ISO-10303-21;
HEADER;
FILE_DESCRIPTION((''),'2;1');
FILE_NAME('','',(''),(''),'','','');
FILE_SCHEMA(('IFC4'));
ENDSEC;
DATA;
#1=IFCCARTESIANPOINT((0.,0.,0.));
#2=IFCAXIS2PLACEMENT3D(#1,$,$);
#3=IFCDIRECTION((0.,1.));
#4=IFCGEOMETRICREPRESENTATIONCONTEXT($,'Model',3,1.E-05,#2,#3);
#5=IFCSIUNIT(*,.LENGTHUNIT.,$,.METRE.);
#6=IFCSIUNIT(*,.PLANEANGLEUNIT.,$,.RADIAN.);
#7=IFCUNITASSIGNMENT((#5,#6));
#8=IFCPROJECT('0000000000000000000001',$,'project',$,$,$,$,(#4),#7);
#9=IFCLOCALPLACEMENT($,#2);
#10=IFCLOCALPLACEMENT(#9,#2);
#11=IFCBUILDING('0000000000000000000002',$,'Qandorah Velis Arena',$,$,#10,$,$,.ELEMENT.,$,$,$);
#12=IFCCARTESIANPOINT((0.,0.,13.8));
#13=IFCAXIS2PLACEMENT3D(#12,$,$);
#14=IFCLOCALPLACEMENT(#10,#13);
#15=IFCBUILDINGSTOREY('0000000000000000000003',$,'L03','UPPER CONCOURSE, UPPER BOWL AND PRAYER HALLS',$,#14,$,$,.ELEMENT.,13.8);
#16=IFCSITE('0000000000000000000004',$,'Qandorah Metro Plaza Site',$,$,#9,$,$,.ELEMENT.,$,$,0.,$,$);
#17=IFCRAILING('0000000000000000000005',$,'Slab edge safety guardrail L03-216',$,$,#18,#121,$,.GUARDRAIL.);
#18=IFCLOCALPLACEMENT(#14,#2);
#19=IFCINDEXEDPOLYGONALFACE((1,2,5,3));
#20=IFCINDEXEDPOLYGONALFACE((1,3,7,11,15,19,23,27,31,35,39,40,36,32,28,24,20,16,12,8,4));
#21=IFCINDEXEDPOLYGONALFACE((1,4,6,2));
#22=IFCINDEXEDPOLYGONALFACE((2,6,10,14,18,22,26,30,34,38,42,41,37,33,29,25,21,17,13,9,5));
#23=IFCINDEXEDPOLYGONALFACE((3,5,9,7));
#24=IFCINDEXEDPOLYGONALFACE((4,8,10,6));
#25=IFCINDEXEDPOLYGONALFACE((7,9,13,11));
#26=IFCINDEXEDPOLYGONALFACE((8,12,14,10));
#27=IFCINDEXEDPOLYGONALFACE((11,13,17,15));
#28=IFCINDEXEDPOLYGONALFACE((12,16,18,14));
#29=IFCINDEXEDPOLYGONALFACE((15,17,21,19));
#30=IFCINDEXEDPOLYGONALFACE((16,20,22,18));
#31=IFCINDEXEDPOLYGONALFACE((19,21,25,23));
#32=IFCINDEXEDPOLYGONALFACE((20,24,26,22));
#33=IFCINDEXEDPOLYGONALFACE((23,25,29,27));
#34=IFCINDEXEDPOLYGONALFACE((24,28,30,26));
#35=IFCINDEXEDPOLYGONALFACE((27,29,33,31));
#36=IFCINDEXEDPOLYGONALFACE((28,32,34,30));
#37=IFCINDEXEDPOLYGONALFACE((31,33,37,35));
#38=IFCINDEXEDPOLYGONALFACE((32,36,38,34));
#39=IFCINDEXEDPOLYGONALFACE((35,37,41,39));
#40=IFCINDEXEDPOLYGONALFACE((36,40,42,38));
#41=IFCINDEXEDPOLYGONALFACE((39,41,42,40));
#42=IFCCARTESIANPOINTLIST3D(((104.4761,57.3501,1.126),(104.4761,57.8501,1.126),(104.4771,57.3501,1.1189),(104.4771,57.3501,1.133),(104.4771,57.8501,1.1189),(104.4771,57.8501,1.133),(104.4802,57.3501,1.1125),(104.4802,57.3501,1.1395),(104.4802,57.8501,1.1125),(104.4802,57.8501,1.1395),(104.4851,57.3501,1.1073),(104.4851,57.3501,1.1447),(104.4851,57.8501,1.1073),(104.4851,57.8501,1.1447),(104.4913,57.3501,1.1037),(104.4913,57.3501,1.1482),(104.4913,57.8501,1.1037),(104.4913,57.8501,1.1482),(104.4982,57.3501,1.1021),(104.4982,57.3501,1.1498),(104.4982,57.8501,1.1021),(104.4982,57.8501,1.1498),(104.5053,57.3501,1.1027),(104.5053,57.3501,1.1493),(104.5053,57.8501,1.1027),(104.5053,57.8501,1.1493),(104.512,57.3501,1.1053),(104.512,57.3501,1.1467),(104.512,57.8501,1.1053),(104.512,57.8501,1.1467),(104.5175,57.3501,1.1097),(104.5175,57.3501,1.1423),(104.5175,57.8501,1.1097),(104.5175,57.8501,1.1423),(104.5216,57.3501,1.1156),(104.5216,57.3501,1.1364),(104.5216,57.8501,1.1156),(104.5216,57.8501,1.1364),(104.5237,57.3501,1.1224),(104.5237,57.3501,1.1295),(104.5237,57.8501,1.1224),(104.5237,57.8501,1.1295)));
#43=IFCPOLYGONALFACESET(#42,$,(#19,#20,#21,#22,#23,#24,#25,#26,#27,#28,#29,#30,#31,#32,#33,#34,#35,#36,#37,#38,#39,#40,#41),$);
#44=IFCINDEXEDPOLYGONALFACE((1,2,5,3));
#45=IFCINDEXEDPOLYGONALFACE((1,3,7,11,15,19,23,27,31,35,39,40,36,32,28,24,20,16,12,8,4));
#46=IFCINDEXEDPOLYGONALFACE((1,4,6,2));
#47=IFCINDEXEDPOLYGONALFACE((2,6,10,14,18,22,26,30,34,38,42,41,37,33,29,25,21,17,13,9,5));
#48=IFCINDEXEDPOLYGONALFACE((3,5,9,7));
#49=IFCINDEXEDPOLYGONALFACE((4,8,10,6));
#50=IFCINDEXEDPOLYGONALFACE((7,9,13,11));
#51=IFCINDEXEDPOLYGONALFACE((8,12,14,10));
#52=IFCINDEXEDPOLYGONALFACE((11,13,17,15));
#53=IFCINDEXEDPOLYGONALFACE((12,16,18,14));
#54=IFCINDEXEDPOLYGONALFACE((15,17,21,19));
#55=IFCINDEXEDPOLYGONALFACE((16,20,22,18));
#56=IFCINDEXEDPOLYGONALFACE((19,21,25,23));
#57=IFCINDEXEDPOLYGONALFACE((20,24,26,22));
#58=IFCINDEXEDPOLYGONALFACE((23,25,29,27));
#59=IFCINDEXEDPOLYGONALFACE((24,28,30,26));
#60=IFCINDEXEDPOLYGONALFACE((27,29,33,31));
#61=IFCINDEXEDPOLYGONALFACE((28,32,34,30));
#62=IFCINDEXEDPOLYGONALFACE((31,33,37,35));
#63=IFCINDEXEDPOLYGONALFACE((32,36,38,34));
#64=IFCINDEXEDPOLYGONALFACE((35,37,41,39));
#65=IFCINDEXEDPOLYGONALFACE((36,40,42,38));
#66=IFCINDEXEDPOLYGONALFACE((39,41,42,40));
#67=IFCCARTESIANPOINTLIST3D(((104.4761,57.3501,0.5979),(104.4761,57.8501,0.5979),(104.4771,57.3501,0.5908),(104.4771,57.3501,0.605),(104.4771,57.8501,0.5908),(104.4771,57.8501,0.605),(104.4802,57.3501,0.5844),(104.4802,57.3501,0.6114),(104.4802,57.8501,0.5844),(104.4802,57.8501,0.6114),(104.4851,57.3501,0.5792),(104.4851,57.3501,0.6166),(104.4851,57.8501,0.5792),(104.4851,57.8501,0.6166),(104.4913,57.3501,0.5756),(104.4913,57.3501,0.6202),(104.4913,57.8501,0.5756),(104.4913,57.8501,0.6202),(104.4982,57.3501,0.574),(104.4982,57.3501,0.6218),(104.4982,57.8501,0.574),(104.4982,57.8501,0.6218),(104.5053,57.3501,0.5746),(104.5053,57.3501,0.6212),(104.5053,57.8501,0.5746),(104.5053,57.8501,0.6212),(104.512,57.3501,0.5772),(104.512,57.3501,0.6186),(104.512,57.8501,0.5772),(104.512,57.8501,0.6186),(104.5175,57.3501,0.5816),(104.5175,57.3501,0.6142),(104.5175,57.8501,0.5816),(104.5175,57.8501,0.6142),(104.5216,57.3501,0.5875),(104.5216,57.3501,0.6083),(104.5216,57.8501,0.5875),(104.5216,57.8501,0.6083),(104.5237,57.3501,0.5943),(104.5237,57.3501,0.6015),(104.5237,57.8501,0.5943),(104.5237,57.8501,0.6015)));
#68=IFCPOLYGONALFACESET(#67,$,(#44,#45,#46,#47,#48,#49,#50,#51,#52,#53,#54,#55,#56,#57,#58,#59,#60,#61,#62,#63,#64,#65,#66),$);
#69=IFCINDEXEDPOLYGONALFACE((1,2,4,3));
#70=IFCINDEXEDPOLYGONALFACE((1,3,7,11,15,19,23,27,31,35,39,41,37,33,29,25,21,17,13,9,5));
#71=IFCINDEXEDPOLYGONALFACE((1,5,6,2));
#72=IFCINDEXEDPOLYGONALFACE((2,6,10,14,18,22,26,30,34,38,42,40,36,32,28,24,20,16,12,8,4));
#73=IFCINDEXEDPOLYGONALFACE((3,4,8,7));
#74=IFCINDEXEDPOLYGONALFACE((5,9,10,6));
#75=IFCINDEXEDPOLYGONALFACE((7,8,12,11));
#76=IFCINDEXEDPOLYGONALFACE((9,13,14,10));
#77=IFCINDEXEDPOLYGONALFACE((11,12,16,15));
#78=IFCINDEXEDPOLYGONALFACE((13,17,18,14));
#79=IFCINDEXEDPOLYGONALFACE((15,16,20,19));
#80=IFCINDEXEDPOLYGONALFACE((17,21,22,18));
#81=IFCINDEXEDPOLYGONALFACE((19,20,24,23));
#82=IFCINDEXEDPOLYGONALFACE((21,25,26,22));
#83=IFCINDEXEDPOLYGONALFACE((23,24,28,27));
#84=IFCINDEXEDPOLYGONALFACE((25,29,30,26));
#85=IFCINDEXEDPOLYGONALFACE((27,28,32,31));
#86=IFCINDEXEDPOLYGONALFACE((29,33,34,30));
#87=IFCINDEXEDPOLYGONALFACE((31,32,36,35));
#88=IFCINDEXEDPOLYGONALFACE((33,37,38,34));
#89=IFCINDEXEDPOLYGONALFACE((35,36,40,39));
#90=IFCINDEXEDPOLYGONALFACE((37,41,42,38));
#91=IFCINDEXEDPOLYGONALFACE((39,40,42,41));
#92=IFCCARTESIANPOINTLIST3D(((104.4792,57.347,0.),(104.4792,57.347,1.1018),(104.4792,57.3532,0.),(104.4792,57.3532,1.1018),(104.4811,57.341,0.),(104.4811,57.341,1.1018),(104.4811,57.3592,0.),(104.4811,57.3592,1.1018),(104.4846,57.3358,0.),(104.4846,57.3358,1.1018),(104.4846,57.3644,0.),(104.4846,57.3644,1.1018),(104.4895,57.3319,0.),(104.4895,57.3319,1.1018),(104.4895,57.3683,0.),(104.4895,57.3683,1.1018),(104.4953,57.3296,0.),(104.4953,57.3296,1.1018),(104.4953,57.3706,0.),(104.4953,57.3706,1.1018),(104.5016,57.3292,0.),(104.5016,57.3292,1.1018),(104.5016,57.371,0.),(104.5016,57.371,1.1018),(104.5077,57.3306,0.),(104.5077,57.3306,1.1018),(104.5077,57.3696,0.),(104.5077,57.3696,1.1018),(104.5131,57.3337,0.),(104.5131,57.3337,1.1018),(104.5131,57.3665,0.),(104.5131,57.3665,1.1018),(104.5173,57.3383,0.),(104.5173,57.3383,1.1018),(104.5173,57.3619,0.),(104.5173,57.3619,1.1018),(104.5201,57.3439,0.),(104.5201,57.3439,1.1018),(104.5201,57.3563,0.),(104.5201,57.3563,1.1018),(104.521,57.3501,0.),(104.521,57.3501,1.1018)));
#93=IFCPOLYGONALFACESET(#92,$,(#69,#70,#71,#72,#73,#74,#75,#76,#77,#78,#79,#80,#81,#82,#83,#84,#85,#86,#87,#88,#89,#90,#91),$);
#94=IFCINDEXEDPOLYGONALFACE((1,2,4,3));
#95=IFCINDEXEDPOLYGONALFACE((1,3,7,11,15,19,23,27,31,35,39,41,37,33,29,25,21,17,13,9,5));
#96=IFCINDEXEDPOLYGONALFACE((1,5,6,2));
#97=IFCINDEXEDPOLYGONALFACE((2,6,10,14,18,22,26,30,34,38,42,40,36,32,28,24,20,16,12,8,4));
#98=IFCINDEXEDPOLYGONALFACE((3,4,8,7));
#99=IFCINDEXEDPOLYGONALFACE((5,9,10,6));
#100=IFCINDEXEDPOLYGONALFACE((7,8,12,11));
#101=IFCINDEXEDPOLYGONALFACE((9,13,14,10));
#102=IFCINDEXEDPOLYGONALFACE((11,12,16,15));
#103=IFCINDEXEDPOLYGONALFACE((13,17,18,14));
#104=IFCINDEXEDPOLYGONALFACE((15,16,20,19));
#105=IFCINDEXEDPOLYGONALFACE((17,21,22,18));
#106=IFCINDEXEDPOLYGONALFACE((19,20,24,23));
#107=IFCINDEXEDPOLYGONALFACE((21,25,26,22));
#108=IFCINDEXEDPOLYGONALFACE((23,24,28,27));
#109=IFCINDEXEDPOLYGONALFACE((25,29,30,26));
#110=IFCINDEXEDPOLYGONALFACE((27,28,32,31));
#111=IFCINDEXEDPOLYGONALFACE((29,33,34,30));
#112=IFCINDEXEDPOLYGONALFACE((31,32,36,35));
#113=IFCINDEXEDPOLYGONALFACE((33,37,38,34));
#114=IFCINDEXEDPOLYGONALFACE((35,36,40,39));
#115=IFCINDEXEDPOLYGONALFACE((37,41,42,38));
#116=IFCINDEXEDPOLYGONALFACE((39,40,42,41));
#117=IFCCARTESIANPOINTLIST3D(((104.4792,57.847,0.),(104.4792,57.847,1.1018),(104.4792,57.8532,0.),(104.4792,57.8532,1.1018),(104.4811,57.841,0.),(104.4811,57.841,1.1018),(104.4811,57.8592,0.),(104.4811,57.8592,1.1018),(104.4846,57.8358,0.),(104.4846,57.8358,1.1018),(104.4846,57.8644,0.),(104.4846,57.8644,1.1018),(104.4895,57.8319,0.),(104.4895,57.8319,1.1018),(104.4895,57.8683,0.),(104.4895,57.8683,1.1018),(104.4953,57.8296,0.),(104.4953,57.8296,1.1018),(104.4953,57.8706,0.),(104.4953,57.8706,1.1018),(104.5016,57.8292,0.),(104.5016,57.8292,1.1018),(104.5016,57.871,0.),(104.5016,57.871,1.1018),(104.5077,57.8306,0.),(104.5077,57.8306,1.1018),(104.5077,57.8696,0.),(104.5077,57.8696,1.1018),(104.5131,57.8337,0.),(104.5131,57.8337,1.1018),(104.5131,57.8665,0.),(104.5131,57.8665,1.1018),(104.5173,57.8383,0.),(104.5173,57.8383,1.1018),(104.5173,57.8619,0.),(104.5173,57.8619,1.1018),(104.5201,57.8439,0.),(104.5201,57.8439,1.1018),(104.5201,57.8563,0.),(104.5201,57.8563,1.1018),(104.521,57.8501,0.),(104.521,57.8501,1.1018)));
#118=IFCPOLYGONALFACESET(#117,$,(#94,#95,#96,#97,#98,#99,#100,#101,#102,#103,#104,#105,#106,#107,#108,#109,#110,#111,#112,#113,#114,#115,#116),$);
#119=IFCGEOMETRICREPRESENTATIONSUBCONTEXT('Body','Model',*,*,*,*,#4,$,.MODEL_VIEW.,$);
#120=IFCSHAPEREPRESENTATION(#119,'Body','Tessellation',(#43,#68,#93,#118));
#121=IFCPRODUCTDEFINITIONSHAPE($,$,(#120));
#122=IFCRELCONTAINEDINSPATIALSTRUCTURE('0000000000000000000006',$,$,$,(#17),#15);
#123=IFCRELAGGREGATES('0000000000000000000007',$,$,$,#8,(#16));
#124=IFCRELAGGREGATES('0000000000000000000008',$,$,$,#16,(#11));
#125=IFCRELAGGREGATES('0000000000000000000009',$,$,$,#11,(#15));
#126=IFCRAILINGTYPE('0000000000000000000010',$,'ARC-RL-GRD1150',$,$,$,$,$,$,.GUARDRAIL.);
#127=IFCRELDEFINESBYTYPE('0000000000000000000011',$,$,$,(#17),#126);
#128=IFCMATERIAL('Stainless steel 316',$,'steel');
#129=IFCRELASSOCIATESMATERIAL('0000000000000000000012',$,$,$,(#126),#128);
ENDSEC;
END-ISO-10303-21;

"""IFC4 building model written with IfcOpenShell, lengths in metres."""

from ifc_helpers import new_model, si_unit, direction, frame, origin, origin_2d, place, context, subcontext, project, spatial, circle, extrude, material, type_object, element, save


model = new_model("IFC4")

# Units and contexts
model_context = context("Model", 3, precision=1e-05, world=origin(), true_north=direction((0.0, 1.0)))
body_context = subcontext(model_context, "Body", "Model", "MODEL_VIEW")
ifc_project = project(units=[si_unit("LENGTHUNIT", "METRE"), si_unit("PLANEANGLEUNIT", "RADIAN")], contexts=[model_context])

# Site, building, storey
site_placement = place(None, origin())
site = spatial("IfcSite", under=ifc_project, at=site_placement, Name="Qandorah Metro Plaza Site", CompositionType="ELEMENT", RefElevation=0.0)
building_placement = place(site_placement, origin())
building = spatial("IfcBuilding", under=site, at=building_placement, Name="Qandorah Velis Arena", CompositionType="ELEMENT")
storey_placement = place(building_placement, frame((0.0, 0.0, 13.8)))
storey = spatial("IfcBuildingStorey", under=building, at=storey_placement, Name="L03", Description="UPPER CONCOURSE, UPPER BOWL AND PRAYER HALLS", CompositionType="ELEMENT", Elevation=13.8)

# Railing
ifc_material_1 = material(Name="Stainless steel 316", Category="steel")
railing_type = type_object("IfcRailingType", Name="ARC-RL-GRD1150", PredefinedType="GUARDRAIL", material=ifc_material_1)
for number, where, name in (
    (1, (104.5, 57.3501, 0.0), "Slab edge safety guardrail L03-216"),
):
    element("IfcRailing", number, at=place(storey_placement, frame(where)), inside=storey, type_object=railing_type, Name=name, PredefinedType="GUARDRAIL", context=body_context, shape_type="SweptSolid", body=[
        extrude(circle(Radius=0.0239, at=origin_2d()), frame((0.0, 0.0, 1.126), z_axis=(0.0, 1.0, 0.0), x_axis=(-1.0, 0.0, 0.0)), (0.0, 0.0, 1.0), 0.5),
        extrude(circle(Radius=0.0239, at=origin_2d()), frame((0.0, 0.0, 0.5979), z_axis=(0.0, 1.0, 0.0), x_axis=(-1.0, 0.0, 0.0)), (0.0, 0.0, 1.0), 0.5),
        extrude(circle(Radius=0.021, at=origin_2d()), origin(), (0.0, 0.0, 1.0), 1.1018),
        extrude(circle(Radius=0.021, at=origin_2d()), frame((0.0, 0.5, 0.0)), (0.0, 0.0, 1.0), 1.1018),
    ])

save(model, "model.ifc")
